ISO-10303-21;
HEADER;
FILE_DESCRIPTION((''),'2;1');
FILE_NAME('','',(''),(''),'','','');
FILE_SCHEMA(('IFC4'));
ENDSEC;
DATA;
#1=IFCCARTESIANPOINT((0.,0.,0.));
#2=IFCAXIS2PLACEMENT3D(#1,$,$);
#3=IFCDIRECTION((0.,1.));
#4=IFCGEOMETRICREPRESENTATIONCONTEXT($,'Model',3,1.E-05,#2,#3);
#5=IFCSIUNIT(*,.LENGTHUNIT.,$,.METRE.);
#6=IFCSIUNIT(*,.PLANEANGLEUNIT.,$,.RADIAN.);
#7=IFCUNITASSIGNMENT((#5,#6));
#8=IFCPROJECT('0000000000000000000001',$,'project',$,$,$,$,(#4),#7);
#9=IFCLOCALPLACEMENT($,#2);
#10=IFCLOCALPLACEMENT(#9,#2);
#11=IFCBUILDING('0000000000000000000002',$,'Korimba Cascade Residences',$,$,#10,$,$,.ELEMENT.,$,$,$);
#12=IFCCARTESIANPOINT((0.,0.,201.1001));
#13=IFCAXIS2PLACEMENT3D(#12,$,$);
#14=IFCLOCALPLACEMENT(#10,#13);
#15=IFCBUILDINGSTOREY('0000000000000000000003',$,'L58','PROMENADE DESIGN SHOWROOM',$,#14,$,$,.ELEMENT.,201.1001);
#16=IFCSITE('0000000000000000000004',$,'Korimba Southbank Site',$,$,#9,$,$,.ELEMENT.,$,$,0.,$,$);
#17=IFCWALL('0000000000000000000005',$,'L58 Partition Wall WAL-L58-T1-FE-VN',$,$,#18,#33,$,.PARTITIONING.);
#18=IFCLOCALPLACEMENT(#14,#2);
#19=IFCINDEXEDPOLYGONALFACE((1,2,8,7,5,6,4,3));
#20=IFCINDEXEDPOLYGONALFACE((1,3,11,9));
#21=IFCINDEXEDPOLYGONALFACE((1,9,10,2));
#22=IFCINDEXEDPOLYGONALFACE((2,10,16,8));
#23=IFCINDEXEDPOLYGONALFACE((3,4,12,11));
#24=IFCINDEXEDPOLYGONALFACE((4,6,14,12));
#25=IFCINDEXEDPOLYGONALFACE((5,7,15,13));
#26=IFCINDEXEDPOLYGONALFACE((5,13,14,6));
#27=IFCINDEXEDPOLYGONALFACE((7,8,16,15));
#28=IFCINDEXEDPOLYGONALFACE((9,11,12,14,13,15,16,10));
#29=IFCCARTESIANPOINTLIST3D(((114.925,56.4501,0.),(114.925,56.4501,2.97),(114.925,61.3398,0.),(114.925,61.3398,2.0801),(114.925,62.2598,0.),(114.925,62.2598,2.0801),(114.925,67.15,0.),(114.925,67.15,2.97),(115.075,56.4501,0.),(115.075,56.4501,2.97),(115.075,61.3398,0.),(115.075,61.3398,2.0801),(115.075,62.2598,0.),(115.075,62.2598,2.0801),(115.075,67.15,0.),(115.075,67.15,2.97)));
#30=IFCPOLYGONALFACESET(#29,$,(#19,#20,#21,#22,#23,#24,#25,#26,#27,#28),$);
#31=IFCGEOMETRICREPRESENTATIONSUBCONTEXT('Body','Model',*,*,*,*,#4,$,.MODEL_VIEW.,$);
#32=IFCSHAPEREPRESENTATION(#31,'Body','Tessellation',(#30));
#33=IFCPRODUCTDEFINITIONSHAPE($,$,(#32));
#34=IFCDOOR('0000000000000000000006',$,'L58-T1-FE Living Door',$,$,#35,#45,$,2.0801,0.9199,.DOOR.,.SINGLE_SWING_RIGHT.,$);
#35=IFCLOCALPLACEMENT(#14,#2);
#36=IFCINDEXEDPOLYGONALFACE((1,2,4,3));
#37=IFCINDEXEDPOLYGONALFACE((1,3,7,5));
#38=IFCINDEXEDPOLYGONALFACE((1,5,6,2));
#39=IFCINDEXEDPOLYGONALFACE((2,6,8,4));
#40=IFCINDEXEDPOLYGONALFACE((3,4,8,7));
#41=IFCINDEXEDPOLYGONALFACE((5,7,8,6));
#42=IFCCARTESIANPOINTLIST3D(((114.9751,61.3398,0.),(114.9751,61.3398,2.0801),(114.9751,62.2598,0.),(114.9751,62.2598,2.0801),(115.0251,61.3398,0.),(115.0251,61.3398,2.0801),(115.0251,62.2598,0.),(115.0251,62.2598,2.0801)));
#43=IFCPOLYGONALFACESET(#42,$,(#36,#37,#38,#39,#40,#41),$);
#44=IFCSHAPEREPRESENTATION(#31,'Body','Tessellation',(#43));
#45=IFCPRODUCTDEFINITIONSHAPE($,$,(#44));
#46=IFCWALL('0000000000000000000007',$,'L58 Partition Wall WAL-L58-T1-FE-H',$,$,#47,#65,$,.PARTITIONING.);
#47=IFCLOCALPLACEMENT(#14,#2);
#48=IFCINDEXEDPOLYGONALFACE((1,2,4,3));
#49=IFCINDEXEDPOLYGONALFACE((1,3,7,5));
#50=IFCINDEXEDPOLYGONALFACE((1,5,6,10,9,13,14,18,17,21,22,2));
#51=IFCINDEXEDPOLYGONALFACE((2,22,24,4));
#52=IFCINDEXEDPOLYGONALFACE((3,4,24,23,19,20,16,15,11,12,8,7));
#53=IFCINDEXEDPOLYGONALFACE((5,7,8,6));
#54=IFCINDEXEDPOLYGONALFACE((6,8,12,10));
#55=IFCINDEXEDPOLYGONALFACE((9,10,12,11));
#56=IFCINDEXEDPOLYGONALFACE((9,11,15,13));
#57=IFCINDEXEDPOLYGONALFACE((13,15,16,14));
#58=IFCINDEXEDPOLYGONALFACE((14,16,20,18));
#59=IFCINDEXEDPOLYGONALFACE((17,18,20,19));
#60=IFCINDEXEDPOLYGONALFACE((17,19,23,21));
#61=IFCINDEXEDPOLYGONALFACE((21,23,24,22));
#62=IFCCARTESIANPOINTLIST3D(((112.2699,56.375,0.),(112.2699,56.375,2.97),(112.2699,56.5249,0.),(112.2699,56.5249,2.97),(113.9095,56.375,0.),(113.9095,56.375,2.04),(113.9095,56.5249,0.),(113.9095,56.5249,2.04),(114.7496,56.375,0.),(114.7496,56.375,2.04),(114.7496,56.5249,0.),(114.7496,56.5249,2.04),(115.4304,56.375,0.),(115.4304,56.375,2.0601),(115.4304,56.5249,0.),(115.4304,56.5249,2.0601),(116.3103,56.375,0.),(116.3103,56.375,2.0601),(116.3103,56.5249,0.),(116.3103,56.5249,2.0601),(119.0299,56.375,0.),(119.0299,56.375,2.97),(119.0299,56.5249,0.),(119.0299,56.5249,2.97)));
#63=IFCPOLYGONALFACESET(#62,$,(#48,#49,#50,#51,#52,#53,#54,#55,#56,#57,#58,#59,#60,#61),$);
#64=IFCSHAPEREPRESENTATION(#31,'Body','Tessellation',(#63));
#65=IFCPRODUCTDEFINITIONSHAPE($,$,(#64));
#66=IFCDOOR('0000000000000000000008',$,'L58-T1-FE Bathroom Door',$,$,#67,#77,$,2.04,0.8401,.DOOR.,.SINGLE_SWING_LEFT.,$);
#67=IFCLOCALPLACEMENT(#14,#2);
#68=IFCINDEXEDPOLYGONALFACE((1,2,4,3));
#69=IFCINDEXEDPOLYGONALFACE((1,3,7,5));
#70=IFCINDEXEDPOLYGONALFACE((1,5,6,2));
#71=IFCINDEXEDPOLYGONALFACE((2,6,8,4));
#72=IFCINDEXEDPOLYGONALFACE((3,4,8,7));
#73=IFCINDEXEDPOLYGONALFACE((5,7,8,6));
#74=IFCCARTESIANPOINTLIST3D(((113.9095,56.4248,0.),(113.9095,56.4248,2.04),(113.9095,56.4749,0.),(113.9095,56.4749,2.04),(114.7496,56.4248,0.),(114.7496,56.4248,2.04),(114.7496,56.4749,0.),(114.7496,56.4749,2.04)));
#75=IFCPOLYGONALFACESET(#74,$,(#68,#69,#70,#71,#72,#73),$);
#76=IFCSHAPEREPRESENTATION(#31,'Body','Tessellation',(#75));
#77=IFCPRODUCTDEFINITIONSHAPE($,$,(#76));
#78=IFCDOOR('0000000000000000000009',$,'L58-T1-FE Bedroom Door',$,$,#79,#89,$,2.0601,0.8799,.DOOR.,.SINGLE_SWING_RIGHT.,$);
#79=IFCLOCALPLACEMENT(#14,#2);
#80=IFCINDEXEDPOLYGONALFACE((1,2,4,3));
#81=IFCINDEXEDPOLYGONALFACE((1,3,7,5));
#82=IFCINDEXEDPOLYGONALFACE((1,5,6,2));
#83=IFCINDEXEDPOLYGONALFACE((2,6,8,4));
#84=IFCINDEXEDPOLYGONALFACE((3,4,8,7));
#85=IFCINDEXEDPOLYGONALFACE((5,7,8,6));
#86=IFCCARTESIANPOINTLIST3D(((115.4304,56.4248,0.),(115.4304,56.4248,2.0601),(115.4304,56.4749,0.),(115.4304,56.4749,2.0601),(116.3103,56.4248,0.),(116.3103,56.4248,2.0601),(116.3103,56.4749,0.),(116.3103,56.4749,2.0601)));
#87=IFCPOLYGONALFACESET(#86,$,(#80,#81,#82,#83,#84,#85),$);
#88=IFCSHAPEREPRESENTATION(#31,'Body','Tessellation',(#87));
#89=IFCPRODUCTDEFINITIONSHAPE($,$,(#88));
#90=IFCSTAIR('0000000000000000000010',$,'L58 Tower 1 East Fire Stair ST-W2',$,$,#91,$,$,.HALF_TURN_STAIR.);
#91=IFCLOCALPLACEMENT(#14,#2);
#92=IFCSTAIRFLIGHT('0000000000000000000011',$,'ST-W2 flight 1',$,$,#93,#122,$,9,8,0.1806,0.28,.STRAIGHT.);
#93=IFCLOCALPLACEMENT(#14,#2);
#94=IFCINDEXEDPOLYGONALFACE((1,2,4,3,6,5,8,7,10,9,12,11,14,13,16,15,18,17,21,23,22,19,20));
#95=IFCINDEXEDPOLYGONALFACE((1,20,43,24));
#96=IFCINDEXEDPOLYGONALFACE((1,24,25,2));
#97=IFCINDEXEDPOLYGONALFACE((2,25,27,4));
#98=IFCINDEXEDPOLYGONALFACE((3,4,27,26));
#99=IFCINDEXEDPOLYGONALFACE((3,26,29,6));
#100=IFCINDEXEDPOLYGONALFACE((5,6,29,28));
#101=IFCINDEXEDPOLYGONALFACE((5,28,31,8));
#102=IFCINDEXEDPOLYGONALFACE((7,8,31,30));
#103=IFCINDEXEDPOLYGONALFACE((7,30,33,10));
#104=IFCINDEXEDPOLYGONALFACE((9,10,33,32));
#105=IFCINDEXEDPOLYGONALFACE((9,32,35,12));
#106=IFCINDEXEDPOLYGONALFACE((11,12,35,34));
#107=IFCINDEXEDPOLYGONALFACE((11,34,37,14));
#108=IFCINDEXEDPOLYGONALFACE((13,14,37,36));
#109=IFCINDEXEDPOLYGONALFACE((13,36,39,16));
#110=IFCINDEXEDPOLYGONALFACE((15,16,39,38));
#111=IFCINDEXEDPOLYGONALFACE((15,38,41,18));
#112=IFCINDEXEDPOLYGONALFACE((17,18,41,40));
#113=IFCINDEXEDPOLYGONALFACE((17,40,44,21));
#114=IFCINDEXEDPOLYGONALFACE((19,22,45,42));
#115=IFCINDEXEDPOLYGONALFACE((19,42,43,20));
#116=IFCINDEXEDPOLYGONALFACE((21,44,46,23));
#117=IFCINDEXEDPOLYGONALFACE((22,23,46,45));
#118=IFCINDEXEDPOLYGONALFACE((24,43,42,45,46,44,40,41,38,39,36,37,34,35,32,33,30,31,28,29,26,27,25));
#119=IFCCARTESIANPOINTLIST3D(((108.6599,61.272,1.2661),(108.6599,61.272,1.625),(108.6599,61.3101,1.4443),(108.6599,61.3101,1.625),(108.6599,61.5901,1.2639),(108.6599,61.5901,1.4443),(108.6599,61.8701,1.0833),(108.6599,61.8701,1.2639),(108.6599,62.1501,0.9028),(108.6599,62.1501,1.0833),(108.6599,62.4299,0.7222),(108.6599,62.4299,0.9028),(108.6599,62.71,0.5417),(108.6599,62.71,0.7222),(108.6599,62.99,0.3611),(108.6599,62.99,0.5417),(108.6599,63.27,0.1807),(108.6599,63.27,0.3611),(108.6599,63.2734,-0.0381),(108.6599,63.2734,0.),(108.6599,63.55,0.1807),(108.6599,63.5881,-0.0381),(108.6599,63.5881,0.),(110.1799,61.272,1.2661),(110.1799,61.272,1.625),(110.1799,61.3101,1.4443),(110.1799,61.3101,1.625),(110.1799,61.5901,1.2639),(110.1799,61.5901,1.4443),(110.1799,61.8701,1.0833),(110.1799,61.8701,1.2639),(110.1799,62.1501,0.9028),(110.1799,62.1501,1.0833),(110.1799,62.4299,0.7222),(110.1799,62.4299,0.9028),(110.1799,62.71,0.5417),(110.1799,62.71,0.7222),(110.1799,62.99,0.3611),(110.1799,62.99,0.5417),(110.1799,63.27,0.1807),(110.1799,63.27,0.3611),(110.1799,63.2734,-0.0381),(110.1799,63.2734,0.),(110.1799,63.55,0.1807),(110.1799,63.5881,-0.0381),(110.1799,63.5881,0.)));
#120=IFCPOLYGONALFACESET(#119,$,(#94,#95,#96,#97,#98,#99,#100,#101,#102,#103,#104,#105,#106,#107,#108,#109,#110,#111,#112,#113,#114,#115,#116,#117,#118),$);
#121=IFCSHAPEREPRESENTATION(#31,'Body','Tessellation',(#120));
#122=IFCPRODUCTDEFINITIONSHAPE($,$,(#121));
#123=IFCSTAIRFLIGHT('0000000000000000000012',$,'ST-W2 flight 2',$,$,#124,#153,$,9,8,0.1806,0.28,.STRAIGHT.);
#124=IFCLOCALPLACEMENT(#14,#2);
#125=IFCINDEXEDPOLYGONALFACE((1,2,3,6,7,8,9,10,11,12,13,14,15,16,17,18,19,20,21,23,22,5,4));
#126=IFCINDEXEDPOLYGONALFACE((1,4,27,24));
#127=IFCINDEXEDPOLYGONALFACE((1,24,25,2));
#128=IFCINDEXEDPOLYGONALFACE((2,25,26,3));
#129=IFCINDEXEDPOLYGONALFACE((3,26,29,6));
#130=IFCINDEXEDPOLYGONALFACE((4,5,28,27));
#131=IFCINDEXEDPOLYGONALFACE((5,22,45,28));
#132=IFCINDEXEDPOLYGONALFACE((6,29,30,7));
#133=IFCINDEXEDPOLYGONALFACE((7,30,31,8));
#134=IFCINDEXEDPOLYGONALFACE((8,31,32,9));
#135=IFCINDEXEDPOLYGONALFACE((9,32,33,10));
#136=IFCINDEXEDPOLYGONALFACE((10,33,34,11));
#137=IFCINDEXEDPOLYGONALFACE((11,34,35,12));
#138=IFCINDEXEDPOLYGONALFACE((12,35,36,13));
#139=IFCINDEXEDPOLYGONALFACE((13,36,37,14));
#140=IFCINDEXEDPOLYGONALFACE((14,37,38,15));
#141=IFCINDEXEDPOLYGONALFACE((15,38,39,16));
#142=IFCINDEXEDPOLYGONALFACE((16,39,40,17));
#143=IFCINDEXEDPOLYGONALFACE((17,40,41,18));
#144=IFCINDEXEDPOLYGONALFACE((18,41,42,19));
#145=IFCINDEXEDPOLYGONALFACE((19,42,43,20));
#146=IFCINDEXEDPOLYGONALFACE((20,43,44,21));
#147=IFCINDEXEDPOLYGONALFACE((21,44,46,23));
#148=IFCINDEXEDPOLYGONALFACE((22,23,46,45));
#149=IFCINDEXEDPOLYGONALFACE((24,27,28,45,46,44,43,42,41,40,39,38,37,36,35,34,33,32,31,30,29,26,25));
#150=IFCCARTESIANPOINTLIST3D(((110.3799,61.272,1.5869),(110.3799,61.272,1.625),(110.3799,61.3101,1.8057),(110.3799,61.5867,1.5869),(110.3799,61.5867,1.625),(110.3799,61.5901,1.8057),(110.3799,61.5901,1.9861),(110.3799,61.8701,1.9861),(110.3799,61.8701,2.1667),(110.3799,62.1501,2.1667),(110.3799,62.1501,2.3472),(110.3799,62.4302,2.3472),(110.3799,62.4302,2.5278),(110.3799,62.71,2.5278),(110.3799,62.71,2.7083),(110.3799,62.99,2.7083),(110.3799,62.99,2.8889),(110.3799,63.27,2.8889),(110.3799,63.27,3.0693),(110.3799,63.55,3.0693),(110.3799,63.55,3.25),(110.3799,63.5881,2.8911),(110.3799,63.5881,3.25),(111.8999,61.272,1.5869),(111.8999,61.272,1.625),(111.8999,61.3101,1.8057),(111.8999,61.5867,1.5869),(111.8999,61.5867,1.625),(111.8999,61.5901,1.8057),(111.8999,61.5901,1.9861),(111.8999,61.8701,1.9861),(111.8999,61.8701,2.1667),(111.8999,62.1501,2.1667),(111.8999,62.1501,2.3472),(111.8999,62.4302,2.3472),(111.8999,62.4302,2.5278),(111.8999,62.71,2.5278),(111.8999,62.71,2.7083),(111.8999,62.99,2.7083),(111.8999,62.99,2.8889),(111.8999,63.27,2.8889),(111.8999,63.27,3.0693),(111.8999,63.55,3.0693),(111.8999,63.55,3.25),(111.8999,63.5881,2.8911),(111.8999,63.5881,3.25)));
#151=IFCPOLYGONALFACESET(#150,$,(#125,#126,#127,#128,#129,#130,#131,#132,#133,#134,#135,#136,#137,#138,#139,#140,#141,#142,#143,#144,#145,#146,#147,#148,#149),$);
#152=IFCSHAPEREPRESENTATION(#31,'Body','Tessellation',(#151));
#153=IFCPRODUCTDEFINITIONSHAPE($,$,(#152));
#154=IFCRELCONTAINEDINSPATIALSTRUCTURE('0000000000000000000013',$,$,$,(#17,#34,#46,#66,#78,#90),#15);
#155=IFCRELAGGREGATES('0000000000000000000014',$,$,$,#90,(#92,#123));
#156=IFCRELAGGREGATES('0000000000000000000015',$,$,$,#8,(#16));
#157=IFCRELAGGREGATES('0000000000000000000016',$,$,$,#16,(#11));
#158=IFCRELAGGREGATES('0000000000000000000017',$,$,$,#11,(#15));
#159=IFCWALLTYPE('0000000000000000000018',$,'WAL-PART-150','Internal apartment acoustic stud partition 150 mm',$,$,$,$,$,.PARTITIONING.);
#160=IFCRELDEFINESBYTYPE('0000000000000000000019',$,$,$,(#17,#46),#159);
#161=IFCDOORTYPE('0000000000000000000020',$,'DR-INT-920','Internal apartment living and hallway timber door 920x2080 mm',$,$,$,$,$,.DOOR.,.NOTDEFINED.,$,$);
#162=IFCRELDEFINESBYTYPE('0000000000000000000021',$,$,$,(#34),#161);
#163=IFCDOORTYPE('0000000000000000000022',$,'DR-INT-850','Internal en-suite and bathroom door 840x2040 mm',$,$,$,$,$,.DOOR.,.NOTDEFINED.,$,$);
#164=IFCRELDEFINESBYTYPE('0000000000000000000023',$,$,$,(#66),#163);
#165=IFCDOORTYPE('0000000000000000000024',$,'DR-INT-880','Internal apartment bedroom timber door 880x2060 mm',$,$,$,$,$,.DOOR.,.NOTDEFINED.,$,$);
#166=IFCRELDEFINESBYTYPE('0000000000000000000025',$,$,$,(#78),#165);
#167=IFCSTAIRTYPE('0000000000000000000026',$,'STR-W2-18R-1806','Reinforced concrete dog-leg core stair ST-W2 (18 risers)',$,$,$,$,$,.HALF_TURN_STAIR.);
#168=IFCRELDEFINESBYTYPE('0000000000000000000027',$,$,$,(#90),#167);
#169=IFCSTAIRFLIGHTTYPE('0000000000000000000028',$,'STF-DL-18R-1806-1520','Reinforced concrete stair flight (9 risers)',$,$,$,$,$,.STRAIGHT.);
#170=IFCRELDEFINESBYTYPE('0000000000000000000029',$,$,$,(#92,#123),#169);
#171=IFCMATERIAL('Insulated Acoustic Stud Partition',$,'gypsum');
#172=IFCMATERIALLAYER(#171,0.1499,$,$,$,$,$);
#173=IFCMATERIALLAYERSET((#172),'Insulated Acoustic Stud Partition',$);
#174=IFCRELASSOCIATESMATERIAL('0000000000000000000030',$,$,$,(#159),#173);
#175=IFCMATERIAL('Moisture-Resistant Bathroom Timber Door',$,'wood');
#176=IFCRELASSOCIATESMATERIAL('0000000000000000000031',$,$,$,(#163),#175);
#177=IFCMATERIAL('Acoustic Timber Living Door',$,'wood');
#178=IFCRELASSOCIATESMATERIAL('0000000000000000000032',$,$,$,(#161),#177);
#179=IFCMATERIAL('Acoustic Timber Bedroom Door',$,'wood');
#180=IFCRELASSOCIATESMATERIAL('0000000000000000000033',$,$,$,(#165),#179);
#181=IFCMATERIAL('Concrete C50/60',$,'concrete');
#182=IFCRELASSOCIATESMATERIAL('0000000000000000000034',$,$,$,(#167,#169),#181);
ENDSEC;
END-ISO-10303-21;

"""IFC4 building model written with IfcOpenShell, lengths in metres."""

from ifc_helpers import new_model, si_unit, direction, frame, frame_2d, origin, place, context, subcontext, project, spatial, polyline, rectangle, outline, extrude, material, layer, layer_set, type_object, element, fill, aggregate, save


model = new_model("IFC4")

# Units and contexts
model_context = context("Model", 3, precision=1e-05, world=origin(), true_north=direction((0.0, 1.0)))
body_context = subcontext(model_context, "Body", "Model", "MODEL_VIEW")
ifc_project = project(units=[si_unit("LENGTHUNIT", "METRE"), si_unit("PLANEANGLEUNIT", "RADIAN")], contexts=[model_context])

# Site, building, storey
site_placement = place(None, origin())
site = spatial("IfcSite", under=ifc_project, at=site_placement, Name="Korimba Southbank Site", CompositionType="ELEMENT", RefElevation=0.0)
building_placement = place(site_placement, origin())
building = spatial("IfcBuilding", under=site, at=building_placement, Name="Korimba Cascade Residences", CompositionType="ELEMENT")
storey_placement = place(building_placement, frame((0.0, 0.0, 201.1001)))
storey = spatial("IfcBuildingStorey", under=building, at=storey_placement, Name="L58", Description="PROMENADE DESIGN SHOWROOM", CompositionType="ELEMENT", Elevation=201.1001)

# Wall, opening, door
ifc_material_1 = material(Name="Insulated Acoustic Stud Partition", Category="gypsum")
ifc_layer_1 = layer(ifc_material_1, 0.1499)
ifc_layer_set_1 = layer_set([ifc_layer_1], Name="Insulated Acoustic Stud Partition")
wall_type_1 = type_object("IfcWallType", Name="WAL-PART-150", Description="Internal apartment acoustic stud partition 150 mm", PredefinedType="PARTITIONING", material=ifc_layer_set_1)
ifc_material_2 = material(Name="Moisture-Resistant Bathroom Timber Door", Category="wood")
door_type_1 = type_object("IfcDoorType", Name="DR-INT-850", Description="Internal en-suite and bathroom door 840x2040 mm", OperationType="NOTDEFINED", PredefinedType="DOOR", material=ifc_material_2)
wall_1_placement = place(storey_placement, frame((115.0, 56.45, 0.0), z_axis=(0.0, 0.0, 1.0), x_axis=(0.0, 1.0, 0.0)))
wall_1 = element("IfcWall", 1, at=wall_1_placement, inside=storey, type_object=wall_type_1, Name="L58 Partition Wall WAL-L58-T1-FE-VN", PredefinedType="PARTITIONING", context=body_context, shape_type="SweptSolid", body=[
    extrude(rectangle(XDim=10.7, YDim=0.1499, at=frame_2d((5.3501, 0.0))), origin(), (0.0, 0.0, 1.0), 2.97),
])
opening_1_placement = place(wall_1_placement, frame((4.8899, 0.0, 0.0)))
opening_1 = element("IfcOpeningElement", 2, at=opening_1_placement, cuts=wall_1, PredefinedType="OPENING", context=body_context, shape_type="SweptSolid", body=[
    extrude(rectangle(XDim=0.9199, YDim=2.0801, at=frame_2d((0.46, 1.04))), frame((0.0, 0.085, 0.0), z_axis=(0.0, -1.0, 0.0), x_axis=(1.0, 0.0, 0.0)), (0.0, 0.0, 1.0), 0.1699),
])
ifc_material_3 = material(Name="Acoustic Timber Living Door", Category="wood")
door_type_2 = type_object("IfcDoorType", Name="DR-INT-920", Description="Internal apartment living and hallway timber door 920x2080 mm", OperationType="NOTDEFINED", PredefinedType="DOOR", material=ifc_material_3)
door_1_placement = place(opening_1_placement, origin())
door_1 = element("IfcDoor", 3, at=door_1_placement, inside=storey, type_object=door_type_2, Name="L58-T1-FE Living Door", OperationType="SINGLE_SWING_RIGHT", OverallHeight=2.0801, OverallWidth=0.9199, PredefinedType="DOOR", context=body_context, shape_type="SweptSolid", body=[
    extrude(rectangle(XDim=0.9199, YDim=2.0801, at=frame_2d((0.46, 1.04))), frame((0.0, 0.0249, 0.0), z_axis=(0.0, -1.0, 0.0), x_axis=(1.0, 0.0, 0.0)), (0.0, 0.0, 1.0), 0.05),
])
fill(opening_1, door_1)

# Wall, openings, doors
wall_2_placement = place(storey_placement, frame((112.27, 56.45, 0.0), z_axis=(0.0, 0.0, 1.0), x_axis=(1.0, 0.0, 0.0)))
wall_2 = element("IfcWall", 4, at=wall_2_placement, inside=storey, type_object=wall_type_1, Name="L58 Partition Wall WAL-L58-T1-FE-H", PredefinedType="PARTITIONING", context=body_context, shape_type="SweptSolid", body=[
    extrude(rectangle(XDim=6.76, YDim=0.1499, at=frame_2d((3.3799, 0.0))), origin(), (0.0, 0.0, 1.0), 2.97),
])
opening_2_placement = place(wall_2_placement, frame((1.6396, 0.0, 0.0)))
opening_2 = element("IfcOpeningElement", 5, at=opening_2_placement, cuts=wall_2, PredefinedType="OPENING", context=body_context, shape_type="SweptSolid", body=[
    extrude(rectangle(XDim=0.8401, YDim=2.04, at=frame_2d((0.4199, 1.02))), frame((0.0, 0.085, 0.0), z_axis=(0.0, -1.0, 0.0), x_axis=(1.0, 0.0, 0.0)), (0.0, 0.0, 1.0), 0.1699),
])
opening_3_placement = place(wall_2_placement, frame((3.1604, 0.0, 0.0)))
opening_3 = element("IfcOpeningElement", 6, at=opening_3_placement, cuts=wall_2, PredefinedType="OPENING", context=body_context, shape_type="SweptSolid", body=[
    extrude(rectangle(XDim=0.8799, YDim=2.0601, at=frame_2d((0.4399, 1.03))), frame((0.0, 0.085, 0.0), z_axis=(0.0, -1.0, 0.0), x_axis=(1.0, 0.0, 0.0)), (0.0, 0.0, 1.0), 0.1699),
])
door_2_placement = place(opening_2_placement, origin())
door_2 = element("IfcDoor", 7, at=door_2_placement, inside=storey, type_object=door_type_1, Name="L58-T1-FE Bathroom Door", OperationType="SINGLE_SWING_LEFT", OverallHeight=2.04, OverallWidth=0.8401, PredefinedType="DOOR", context=body_context, shape_type="SweptSolid", body=[
    extrude(rectangle(XDim=0.8401, YDim=2.04, at=frame_2d((0.4199, 1.02))), frame((0.0, 0.0249, 0.0), z_axis=(0.0, -1.0, 0.0), x_axis=(1.0, 0.0, 0.0)), (0.0, 0.0, 1.0), 0.05),
])
fill(opening_2, door_2)
ifc_material_4 = material(Name="Acoustic Timber Bedroom Door", Category="wood")
door_type_3 = type_object("IfcDoorType", Name="DR-INT-880", Description="Internal apartment bedroom timber door 880x2060 mm", OperationType="NOTDEFINED", PredefinedType="DOOR", material=ifc_material_4)
door_3_placement = place(opening_3_placement, origin())
door_3 = element("IfcDoor", 8, at=door_3_placement, inside=storey, type_object=door_type_3, Name="L58-T1-FE Bedroom Door", OperationType="SINGLE_SWING_RIGHT", OverallHeight=2.0601, OverallWidth=0.8799, PredefinedType="DOOR", context=body_context, shape_type="SweptSolid", body=[
    extrude(rectangle(XDim=0.8799, YDim=2.0601, at=frame_2d((0.4399, 1.03))), frame((0.0, 0.0249, 0.0), z_axis=(0.0, -1.0, 0.0), x_axis=(1.0, 0.0, 0.0)), (0.0, 0.0, 1.0), 0.05),
])
fill(opening_3, door_3)

# Stair, stair flights
ifc_material_5 = material(Name="Concrete C50/60", Category="concrete")
stair_type = type_object("IfcStairType", Name="STR-W2-18R-1806", Description="Reinforced concrete dog-leg core stair ST-W2 (18 risers)", PredefinedType="HALF_TURN_STAIR", material=ifc_material_5)
stair_placement = place(storey_placement, origin())
stair = element("IfcStair", 9, at=stair_placement, inside=storey, type_object=stair_type, Name="L58 Tower 1 East Fire Stair ST-W2", PredefinedType="HALF_TURN_STAIR")
stair_flight_type = type_object("IfcStairFlightType", Name="STF-DL-18R-1806-1520", Description="Reinforced concrete stair flight (9 risers)", PredefinedType="STRAIGHT", material=ifc_material_5)
stair_flight_1_placement = place(storey_placement, frame((109.4199, 63.55, 0.0), z_axis=(0.0, 0.0, 1.0), x_axis=(0.0, -1.0, 0.0)))
stair_flight_1 = element("IfcStairFlight", 10, at=stair_flight_1_placement, type_object=stair_flight_type, Name="ST-W2 flight 1", NumberOfRisers=9, NumberOfTreads=8, PredefinedType="STRAIGHT", RiserHeight=0.1806, TreadLength=0.28, context=body_context, shape_type="SweptSolid", body=[
    extrude(outline(polyline([(-0.0381, 0.0), (0.0, 0.1807), (0.28, 0.1807), (0.28, 0.3611), (0.5601, 0.3611), (0.5601, 0.5417), (0.8401, 0.5417), (0.8401, 0.7222), (1.1201, 0.7222), (1.1201, 0.9028), (1.3999, 0.9028), (1.3999, 1.0833), (1.6799, 1.0833), (1.6799, 1.2639), (1.96, 1.2639), (1.96, 1.4443), (2.24, 1.4443), (2.24, 1.625), (2.2781, 1.625), (2.2781, 1.2661), (0.2766, 0.0), (0.2766, -0.0381), (-0.0381, -0.0381), (-0.0381, 0.0)])), frame((0.0, 0.76, 0.0), z_axis=(0.0, -1.0, 0.0), x_axis=(1.0, 0.0, 0.0)), (0.0, 0.0, 1.0), 1.52),
])
stair_flight_2_placement = place(storey_placement, frame((111.1399, 61.3101, 1.625), z_axis=(0.0, 0.0, 1.0), x_axis=(0.0, 1.0, 0.0)))
stair_flight_2 = element("IfcStairFlight", 11, at=stair_flight_2_placement, type_object=stair_flight_type, Name="ST-W2 flight 2", NumberOfRisers=9, NumberOfTreads=8, PredefinedType="STRAIGHT", RiserHeight=0.1806, TreadLength=0.28, context=body_context, shape_type="SweptSolid", body=[
    extrude(outline(polyline([(-0.0381, 0.0), (0.0, 0.1807), (0.28, 0.1807), (0.28, 0.3611), (0.5601, 0.3611), (0.5601, 0.5417), (0.8401, 0.5417), (0.8401, 0.7222), (1.1201, 0.7222), (1.1201, 0.9028), (1.3999, 0.9028), (1.3999, 1.0833), (1.6799, 1.0833), (1.6799, 1.2639), (1.96, 1.2639), (1.96, 1.4443), (2.24, 1.4443), (2.24, 1.625), (2.2781, 1.625), (2.2781, 1.2661), (0.2766, 0.0), (0.2766, -0.0381), (-0.0381, -0.0381), (-0.0381, 0.0)])), frame((0.0, 0.76, 0.0), z_axis=(0.0, -1.0, 0.0), x_axis=(1.0, 0.0, 0.0)), (0.0, 0.0, 1.0), 1.52),
])
aggregate(stair, [stair_flight_1, stair_flight_2])

save(model, "model.ifc")
